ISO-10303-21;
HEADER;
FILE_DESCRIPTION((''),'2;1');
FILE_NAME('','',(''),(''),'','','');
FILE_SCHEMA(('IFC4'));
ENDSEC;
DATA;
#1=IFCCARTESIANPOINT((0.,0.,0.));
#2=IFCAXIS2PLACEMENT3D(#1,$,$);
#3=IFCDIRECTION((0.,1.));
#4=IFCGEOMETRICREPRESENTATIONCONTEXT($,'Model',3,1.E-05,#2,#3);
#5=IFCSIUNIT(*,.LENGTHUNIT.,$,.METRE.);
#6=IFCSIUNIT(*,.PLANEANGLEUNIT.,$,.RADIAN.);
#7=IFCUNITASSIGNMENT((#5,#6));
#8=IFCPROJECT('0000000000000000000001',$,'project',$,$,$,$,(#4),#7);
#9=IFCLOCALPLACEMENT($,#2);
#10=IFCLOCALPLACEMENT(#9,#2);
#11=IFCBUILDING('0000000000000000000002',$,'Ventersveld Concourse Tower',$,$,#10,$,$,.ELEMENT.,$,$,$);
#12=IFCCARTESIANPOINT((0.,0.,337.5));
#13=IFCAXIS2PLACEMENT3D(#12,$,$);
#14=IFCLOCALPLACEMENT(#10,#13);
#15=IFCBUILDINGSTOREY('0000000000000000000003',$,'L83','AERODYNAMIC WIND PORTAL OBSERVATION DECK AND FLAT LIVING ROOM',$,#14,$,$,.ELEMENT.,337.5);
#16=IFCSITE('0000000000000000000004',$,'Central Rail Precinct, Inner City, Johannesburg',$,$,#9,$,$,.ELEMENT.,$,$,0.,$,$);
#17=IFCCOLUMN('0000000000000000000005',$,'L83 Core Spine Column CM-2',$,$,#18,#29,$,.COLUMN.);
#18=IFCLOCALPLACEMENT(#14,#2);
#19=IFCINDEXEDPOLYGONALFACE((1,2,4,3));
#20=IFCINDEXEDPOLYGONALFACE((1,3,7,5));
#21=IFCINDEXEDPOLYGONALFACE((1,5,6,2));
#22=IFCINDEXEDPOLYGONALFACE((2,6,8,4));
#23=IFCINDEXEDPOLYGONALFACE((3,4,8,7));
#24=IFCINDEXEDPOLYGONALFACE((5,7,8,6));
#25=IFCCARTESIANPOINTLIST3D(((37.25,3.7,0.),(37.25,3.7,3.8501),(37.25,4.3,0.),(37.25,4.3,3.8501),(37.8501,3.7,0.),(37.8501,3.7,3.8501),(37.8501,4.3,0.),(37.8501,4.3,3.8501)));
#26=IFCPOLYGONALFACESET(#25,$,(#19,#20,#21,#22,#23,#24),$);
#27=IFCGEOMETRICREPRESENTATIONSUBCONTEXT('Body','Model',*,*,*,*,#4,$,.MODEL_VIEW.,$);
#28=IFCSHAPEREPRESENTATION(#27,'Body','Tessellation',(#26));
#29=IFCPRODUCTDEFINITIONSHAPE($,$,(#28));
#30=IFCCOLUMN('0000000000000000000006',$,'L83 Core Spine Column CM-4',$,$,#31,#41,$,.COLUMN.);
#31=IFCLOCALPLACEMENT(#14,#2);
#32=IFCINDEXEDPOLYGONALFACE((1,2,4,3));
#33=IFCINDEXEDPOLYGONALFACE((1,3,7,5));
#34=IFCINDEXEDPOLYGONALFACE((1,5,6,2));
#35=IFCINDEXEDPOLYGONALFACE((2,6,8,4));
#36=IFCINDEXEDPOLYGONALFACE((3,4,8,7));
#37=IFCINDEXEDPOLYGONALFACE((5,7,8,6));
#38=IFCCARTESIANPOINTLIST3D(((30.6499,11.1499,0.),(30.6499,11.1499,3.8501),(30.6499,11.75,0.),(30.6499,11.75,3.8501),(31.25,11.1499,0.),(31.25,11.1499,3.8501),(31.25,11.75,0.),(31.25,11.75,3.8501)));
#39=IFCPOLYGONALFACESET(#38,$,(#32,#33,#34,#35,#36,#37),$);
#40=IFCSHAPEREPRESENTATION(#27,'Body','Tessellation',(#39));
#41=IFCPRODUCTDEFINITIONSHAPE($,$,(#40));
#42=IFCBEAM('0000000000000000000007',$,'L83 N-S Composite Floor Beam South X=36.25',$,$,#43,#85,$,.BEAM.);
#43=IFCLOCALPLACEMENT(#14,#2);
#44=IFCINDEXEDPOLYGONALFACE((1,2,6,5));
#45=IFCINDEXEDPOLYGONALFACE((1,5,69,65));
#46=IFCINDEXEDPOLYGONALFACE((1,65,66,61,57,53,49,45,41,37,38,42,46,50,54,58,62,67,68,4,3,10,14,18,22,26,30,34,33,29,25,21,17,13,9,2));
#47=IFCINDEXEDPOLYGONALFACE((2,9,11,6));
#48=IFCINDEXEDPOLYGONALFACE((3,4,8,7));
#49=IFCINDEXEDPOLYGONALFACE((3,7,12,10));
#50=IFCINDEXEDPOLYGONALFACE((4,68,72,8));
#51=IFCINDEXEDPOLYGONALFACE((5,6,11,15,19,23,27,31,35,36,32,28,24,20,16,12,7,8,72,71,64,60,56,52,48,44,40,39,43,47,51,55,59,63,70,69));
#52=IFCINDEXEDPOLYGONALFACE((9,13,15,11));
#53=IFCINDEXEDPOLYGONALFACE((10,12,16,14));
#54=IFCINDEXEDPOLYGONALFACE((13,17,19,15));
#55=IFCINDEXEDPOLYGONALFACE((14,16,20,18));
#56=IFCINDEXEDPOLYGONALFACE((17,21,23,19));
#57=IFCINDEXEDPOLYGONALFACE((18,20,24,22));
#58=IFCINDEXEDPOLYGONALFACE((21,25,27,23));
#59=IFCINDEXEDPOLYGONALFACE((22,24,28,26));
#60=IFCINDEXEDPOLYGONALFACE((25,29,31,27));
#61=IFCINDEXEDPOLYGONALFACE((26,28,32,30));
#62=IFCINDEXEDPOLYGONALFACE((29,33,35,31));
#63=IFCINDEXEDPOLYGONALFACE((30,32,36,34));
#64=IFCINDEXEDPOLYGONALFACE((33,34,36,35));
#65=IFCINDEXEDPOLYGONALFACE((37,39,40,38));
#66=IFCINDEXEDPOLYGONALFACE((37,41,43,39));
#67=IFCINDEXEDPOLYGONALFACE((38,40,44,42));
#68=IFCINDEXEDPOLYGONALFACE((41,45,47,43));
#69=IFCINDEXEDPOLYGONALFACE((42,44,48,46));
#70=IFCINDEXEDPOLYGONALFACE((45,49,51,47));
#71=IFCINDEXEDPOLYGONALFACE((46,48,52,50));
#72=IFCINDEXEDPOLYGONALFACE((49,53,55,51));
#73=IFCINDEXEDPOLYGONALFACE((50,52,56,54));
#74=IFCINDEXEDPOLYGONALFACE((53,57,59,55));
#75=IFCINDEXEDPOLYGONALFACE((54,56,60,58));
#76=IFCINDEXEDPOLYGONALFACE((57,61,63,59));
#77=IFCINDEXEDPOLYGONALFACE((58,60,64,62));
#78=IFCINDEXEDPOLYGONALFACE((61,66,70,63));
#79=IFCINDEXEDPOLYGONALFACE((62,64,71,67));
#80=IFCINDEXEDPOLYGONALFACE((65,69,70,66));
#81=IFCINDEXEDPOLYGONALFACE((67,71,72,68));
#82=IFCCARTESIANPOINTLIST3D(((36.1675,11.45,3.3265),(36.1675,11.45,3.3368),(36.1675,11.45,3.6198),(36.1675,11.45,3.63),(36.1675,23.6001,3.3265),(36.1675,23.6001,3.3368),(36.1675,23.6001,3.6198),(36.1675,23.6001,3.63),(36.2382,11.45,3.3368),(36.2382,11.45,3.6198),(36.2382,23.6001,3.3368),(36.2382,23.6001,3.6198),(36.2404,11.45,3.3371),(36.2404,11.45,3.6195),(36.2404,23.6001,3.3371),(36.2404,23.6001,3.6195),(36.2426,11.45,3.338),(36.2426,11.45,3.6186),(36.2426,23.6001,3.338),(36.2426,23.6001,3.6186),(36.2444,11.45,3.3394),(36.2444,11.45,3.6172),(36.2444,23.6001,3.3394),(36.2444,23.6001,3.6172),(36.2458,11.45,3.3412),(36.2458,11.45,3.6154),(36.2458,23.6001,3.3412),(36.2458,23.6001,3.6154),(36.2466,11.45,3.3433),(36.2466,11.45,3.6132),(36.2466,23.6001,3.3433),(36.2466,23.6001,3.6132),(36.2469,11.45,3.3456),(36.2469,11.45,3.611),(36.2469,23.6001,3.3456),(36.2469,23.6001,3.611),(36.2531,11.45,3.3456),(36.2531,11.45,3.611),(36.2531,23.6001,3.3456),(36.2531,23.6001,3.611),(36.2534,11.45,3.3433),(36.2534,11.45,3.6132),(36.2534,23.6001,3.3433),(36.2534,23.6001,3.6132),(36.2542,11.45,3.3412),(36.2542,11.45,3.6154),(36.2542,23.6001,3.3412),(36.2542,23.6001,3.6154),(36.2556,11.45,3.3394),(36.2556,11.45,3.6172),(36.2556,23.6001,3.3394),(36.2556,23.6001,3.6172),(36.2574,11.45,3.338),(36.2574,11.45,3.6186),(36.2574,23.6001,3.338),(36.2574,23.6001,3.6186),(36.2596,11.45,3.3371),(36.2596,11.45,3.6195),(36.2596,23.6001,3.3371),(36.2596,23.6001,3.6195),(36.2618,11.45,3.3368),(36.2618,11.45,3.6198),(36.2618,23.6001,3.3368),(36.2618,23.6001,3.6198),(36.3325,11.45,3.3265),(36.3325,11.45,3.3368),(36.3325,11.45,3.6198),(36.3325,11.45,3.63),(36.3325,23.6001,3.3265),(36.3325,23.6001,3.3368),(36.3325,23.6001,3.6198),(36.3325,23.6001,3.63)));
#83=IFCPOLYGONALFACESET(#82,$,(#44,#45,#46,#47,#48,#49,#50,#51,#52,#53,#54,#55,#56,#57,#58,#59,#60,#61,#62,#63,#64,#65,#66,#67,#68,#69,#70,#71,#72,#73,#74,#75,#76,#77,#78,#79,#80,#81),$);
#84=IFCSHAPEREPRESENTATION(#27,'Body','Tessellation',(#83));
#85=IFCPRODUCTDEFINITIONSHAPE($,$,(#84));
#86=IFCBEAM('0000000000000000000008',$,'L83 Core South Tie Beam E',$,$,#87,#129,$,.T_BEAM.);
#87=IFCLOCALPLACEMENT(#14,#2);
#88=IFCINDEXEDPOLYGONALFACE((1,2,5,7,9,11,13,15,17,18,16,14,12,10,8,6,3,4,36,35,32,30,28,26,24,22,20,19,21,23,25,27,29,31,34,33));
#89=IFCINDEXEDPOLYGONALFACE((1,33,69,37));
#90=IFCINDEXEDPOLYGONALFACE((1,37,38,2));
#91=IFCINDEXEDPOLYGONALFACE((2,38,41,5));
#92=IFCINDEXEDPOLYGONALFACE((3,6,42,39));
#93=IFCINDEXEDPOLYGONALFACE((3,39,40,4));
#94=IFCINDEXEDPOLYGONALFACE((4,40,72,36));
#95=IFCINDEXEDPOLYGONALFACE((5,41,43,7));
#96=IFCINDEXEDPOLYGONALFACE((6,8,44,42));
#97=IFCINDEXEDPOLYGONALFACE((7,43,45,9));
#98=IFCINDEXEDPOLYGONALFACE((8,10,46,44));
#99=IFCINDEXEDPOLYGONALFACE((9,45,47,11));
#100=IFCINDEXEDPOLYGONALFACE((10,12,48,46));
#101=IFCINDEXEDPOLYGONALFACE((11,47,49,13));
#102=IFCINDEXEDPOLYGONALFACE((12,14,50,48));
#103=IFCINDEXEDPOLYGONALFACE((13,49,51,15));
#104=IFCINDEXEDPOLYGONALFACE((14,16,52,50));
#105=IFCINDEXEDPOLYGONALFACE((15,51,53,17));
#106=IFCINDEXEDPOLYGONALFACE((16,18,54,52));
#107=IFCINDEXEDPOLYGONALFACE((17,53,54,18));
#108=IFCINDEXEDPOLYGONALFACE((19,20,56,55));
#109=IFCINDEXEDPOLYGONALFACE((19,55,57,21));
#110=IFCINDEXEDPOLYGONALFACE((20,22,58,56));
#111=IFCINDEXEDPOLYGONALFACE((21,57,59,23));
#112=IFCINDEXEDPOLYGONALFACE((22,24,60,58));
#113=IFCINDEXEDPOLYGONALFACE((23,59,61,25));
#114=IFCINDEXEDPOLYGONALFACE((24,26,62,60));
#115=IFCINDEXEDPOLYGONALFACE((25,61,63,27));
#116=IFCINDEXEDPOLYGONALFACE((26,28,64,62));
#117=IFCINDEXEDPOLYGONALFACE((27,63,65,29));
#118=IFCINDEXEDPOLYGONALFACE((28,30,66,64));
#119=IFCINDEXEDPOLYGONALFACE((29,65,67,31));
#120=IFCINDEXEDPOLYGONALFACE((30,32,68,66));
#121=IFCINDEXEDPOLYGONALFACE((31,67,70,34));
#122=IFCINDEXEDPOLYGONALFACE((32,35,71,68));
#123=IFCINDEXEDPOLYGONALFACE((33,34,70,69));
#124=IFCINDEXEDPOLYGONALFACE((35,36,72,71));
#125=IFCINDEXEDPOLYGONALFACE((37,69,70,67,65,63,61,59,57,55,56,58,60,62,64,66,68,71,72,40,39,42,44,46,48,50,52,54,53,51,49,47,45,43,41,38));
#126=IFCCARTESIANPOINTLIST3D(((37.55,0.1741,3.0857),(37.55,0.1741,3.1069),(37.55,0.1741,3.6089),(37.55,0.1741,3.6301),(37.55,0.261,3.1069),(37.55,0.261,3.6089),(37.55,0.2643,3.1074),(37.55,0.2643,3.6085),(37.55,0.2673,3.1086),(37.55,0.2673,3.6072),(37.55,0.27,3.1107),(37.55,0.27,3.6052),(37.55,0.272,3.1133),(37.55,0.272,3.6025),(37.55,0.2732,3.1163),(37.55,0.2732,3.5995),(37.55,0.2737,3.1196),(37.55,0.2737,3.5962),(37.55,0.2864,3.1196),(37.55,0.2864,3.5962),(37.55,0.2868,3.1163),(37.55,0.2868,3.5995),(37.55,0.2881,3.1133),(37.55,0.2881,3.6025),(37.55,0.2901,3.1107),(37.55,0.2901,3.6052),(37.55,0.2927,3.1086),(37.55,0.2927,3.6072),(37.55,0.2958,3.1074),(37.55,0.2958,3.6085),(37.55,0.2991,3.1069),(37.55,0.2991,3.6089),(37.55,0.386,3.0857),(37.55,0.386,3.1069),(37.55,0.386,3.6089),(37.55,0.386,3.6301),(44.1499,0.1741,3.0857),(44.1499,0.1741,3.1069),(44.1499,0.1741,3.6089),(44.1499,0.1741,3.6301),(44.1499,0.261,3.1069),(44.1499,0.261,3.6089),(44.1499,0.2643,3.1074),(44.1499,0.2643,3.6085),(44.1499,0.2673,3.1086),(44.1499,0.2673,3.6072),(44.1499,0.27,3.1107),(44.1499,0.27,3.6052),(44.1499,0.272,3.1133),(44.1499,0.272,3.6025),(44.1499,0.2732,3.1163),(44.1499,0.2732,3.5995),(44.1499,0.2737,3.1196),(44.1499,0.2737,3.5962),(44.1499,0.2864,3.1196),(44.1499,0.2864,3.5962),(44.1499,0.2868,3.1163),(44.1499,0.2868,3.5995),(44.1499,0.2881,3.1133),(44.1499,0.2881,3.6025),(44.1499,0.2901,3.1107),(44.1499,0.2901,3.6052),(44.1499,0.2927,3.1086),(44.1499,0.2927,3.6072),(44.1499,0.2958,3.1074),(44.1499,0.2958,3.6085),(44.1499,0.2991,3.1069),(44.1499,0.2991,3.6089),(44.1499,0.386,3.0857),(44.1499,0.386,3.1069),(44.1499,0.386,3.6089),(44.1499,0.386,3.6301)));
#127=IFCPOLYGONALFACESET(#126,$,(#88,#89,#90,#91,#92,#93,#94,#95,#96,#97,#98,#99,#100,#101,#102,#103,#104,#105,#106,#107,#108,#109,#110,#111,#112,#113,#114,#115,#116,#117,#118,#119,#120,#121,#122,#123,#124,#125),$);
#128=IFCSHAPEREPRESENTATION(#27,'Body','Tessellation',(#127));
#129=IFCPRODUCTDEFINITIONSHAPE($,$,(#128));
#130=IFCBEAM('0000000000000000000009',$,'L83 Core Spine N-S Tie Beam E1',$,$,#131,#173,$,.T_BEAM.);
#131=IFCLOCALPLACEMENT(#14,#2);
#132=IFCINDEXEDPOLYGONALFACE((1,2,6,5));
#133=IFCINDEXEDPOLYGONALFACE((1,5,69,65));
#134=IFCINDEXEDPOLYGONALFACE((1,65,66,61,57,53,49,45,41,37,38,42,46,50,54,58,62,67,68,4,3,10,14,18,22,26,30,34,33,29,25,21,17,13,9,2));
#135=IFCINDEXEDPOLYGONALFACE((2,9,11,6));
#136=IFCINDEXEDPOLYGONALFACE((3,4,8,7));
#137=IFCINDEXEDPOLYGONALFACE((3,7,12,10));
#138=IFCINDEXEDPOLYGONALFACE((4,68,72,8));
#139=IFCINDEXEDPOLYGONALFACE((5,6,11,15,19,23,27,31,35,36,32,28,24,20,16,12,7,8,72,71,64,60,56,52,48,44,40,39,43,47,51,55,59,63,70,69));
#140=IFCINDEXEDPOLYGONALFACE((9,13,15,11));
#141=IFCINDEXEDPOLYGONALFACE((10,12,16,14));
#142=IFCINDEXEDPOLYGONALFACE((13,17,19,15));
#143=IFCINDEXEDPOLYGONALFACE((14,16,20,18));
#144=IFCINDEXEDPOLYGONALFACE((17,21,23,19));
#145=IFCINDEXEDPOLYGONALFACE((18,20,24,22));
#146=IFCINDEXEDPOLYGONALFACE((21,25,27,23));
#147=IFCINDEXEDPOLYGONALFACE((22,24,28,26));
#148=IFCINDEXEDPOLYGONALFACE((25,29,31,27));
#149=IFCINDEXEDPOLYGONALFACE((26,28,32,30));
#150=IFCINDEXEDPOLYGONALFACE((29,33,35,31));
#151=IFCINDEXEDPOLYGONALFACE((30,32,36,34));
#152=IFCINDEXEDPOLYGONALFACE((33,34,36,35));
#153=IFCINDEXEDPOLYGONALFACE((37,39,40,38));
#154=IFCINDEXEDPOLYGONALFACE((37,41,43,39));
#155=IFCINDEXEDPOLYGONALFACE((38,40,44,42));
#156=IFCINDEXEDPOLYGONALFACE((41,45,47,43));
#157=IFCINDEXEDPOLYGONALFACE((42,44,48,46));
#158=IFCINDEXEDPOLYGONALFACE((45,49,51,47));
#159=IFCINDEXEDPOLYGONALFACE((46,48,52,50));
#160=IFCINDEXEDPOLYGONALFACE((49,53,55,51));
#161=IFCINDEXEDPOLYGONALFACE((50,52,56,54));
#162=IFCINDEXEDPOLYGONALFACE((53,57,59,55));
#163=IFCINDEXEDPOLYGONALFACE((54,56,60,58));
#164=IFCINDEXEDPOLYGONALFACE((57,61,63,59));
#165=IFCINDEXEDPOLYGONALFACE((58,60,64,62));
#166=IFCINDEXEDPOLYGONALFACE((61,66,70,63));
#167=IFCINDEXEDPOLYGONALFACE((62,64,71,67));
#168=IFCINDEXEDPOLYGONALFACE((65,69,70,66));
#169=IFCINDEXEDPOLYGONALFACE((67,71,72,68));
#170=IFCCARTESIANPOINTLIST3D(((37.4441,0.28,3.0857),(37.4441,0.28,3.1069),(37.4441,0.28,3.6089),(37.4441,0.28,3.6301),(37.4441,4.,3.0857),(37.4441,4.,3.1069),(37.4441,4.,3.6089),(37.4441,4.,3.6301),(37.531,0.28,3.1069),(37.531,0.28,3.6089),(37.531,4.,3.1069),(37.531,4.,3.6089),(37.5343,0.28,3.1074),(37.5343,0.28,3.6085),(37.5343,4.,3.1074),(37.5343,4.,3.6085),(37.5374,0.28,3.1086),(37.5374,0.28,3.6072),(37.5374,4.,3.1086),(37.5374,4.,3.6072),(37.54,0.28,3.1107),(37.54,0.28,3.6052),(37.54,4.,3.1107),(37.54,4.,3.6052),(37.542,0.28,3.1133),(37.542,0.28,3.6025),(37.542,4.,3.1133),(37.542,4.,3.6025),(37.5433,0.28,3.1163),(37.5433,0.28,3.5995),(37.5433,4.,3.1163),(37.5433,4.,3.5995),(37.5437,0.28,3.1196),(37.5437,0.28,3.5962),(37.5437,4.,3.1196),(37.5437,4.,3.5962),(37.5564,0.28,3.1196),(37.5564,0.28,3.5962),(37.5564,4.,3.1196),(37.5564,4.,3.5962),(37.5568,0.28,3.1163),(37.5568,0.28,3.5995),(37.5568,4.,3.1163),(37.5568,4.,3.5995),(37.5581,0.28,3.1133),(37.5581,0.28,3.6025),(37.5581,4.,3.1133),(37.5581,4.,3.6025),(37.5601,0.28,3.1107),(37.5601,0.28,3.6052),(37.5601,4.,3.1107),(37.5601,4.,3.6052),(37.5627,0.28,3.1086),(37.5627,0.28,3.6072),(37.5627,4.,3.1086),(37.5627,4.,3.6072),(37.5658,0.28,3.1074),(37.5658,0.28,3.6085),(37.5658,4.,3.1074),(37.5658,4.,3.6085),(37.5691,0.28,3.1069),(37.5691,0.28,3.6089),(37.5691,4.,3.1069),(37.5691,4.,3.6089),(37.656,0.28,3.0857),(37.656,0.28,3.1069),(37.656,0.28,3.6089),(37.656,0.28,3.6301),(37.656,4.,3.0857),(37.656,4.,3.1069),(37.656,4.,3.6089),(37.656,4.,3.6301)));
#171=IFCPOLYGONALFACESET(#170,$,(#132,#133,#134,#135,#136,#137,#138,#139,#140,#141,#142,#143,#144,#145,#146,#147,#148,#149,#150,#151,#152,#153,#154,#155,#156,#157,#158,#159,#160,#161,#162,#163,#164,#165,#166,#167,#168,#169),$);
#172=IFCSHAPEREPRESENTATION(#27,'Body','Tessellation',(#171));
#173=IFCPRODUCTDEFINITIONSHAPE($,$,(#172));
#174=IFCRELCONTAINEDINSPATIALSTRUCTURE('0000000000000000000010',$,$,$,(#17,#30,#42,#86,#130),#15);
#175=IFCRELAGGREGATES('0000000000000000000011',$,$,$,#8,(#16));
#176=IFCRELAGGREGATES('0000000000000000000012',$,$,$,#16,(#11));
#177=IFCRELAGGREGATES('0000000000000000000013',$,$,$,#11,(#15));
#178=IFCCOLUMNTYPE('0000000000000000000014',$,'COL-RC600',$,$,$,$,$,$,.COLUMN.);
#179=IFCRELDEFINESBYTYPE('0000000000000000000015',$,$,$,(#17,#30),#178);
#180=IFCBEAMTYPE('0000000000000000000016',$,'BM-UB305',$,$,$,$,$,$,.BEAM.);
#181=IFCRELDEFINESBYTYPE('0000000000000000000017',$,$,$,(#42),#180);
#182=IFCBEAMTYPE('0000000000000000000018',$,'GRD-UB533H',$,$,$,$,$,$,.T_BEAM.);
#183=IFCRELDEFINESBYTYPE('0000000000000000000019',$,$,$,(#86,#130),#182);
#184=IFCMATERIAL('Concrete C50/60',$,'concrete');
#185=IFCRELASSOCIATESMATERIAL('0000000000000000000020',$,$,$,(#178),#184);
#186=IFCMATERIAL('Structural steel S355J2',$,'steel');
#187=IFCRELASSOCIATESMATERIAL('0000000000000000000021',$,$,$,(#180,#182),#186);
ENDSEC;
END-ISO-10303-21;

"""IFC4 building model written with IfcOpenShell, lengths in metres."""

from ifc_helpers import new_model, si_unit, direction, frame, origin, origin_2d, place, context, subcontext, project, spatial, rectangle, i_section, extrude, material, material_profile, profile_set, type_object, element, save


model = new_model("IFC4")

# Units and contexts
model_context = context("Model", 3, precision=1e-05, world=origin(), true_north=direction((0.0, 1.0)))
body_context = subcontext(model_context, "Body", "Model", "MODEL_VIEW")
ifc_project = project(units=[si_unit("LENGTHUNIT", "METRE"), si_unit("PLANEANGLEUNIT", "RADIAN")], contexts=[model_context])

# Site, building, storey
site_placement = place(None, origin())
site = spatial("IfcSite", under=ifc_project, at=site_placement, Name="Central Rail Precinct, Inner City, Johannesburg", CompositionType="ELEMENT", RefElevation=0.0)
building_placement = place(site_placement, origin())
building = spatial("IfcBuilding", under=site, at=building_placement, Name="Ventersveld Concourse Tower", CompositionType="ELEMENT")
storey_placement = place(building_placement, frame((0.0, 0.0, 337.5)))
storey = spatial("IfcBuildingStorey", under=building, at=storey_placement, Name="L83", Description="AERODYNAMIC WIND PORTAL OBSERVATION DECK AND FLAT LIVING ROOM", CompositionType="ELEMENT", Elevation=337.5)

# Columns
ifc_material_1 = material(Name="Concrete C50/60", Category="concrete")
ifc_material_profile_1 = material_profile(ifc_material_1, rectangle(XDim=0.6001, YDim=0.6001, at=origin_2d()), Name="RC 600x600")
ifc_profile_set_1 = profile_set([ifc_material_profile_1], Name="Concrete C50/60")
column_type = type_object("IfcColumnType", Name="COL-RC600", PredefinedType="COLUMN", material=ifc_profile_set_1)
for number, where, z_axis, x_axis, name in (
    (1, (37.55, 4.0, 0.0), (0.0, 0.0, 1.0), (1.0, 0.0, 0.0), "L83 Core Spine Column CM-2"),
    (2, (30.95, 11.45, 0.0), (0.0, 0.0, 1.0), (1.0, 0.0, 0.0), "L83 Core Spine Column CM-4"),
):
    element("IfcColumn", number, at=place(storey_placement, frame(where, z_axis=z_axis, x_axis=x_axis)), inside=storey, type_object=column_type, Name=name, PredefinedType="COLUMN", context=body_context, shape_type="SweptSolid", body=[
        extrude(rectangle(XDim=0.6001, YDim=0.6001, at=origin_2d()), origin(), (0.0, 0.0, 1.0), 3.8501),
    ])

# Beams
ifc_material_2 = material(Name="Structural steel S355J2", Category="steel")
ifc_material_profile_2 = material_profile(ifc_material_2, i_section(OverallWidth=0.165, OverallDepth=0.3035, WebThickness=0.0061, FlangeThickness=0.0103, FilletRadius=0.0088, at=origin_2d()), Name="UB 305x165x40")
ifc_profile_set_2 = profile_set([ifc_material_profile_2], Name="Structural steel S355J2")
beam_type_1 = type_object("IfcBeamType", Name="BM-UB305", PredefinedType="BEAM", material=ifc_profile_set_2)
beam_1_placement = place(storey_placement, frame((36.25, 11.45, 3.4783), z_axis=(0.0, 1.0, 0.0), x_axis=(-1.0, 0.0, 0.0)))
element("IfcBeam", 3, at=beam_1_placement, inside=storey, type_object=beam_type_1, Name="L83 N-S Composite Floor Beam South X=36.25", PredefinedType="BEAM", context=body_context, shape_type="SweptSolid", body=[
    extrude(i_section(OverallWidth=0.165, OverallDepth=0.3035, WebThickness=0.0061, FlangeThickness=0.0103, FilletRadius=0.0088, at=origin_2d()), origin(), (0.0, 0.0, 1.0), 12.1501),
])
ifc_material_profile_3 = material_profile(ifc_material_2, i_section(OverallWidth=0.2119, OverallDepth=0.5444, WebThickness=0.0127, FlangeThickness=0.0212, FilletRadius=0.0127, at=origin_2d()), Name="UB 533x210x122")
ifc_profile_set_3 = profile_set([ifc_material_profile_3], Name="Structural steel S355J2")
beam_type_2 = type_object("IfcBeamType", Name="GRD-UB533H", PredefinedType="T_BEAM", material=ifc_profile_set_3)
beam_2_placement = place(storey_placement, frame((37.55, 0.28, 3.3579), z_axis=(1.0, 0.0, 0.0), x_axis=(0.0, 1.0, 0.0)))
element("IfcBeam", 4, at=beam_2_placement, inside=storey, type_object=beam_type_2, Name="L83 Core South Tie Beam E", PredefinedType="T_BEAM", context=body_context, shape_type="SweptSolid", body=[
    extrude(i_section(OverallWidth=0.2119, OverallDepth=0.5444, WebThickness=0.0127, FlangeThickness=0.0212, FilletRadius=0.0127, at=origin_2d()), origin(), (0.0, 0.0, 1.0), 6.5999),
])
beam_3_placement = place(storey_placement, frame((37.55, 0.28, 3.3579), z_axis=(0.0, 1.0, 0.0), x_axis=(-1.0, 0.0, 0.0)))
element("IfcBeam", 5, at=beam_3_placement, inside=storey, type_object=beam_type_2, Name="L83 Core Spine N-S Tie Beam E1", PredefinedType="T_BEAM", context=body_context, shape_type="SweptSolid", body=[
    extrude(i_section(OverallWidth=0.2119, OverallDepth=0.5444, WebThickness=0.0127, FlangeThickness=0.0212, FilletRadius=0.0127, at=origin_2d()), origin(), (0.0, 0.0, 1.0), 3.72),
])

save(model, "model.ifc")
